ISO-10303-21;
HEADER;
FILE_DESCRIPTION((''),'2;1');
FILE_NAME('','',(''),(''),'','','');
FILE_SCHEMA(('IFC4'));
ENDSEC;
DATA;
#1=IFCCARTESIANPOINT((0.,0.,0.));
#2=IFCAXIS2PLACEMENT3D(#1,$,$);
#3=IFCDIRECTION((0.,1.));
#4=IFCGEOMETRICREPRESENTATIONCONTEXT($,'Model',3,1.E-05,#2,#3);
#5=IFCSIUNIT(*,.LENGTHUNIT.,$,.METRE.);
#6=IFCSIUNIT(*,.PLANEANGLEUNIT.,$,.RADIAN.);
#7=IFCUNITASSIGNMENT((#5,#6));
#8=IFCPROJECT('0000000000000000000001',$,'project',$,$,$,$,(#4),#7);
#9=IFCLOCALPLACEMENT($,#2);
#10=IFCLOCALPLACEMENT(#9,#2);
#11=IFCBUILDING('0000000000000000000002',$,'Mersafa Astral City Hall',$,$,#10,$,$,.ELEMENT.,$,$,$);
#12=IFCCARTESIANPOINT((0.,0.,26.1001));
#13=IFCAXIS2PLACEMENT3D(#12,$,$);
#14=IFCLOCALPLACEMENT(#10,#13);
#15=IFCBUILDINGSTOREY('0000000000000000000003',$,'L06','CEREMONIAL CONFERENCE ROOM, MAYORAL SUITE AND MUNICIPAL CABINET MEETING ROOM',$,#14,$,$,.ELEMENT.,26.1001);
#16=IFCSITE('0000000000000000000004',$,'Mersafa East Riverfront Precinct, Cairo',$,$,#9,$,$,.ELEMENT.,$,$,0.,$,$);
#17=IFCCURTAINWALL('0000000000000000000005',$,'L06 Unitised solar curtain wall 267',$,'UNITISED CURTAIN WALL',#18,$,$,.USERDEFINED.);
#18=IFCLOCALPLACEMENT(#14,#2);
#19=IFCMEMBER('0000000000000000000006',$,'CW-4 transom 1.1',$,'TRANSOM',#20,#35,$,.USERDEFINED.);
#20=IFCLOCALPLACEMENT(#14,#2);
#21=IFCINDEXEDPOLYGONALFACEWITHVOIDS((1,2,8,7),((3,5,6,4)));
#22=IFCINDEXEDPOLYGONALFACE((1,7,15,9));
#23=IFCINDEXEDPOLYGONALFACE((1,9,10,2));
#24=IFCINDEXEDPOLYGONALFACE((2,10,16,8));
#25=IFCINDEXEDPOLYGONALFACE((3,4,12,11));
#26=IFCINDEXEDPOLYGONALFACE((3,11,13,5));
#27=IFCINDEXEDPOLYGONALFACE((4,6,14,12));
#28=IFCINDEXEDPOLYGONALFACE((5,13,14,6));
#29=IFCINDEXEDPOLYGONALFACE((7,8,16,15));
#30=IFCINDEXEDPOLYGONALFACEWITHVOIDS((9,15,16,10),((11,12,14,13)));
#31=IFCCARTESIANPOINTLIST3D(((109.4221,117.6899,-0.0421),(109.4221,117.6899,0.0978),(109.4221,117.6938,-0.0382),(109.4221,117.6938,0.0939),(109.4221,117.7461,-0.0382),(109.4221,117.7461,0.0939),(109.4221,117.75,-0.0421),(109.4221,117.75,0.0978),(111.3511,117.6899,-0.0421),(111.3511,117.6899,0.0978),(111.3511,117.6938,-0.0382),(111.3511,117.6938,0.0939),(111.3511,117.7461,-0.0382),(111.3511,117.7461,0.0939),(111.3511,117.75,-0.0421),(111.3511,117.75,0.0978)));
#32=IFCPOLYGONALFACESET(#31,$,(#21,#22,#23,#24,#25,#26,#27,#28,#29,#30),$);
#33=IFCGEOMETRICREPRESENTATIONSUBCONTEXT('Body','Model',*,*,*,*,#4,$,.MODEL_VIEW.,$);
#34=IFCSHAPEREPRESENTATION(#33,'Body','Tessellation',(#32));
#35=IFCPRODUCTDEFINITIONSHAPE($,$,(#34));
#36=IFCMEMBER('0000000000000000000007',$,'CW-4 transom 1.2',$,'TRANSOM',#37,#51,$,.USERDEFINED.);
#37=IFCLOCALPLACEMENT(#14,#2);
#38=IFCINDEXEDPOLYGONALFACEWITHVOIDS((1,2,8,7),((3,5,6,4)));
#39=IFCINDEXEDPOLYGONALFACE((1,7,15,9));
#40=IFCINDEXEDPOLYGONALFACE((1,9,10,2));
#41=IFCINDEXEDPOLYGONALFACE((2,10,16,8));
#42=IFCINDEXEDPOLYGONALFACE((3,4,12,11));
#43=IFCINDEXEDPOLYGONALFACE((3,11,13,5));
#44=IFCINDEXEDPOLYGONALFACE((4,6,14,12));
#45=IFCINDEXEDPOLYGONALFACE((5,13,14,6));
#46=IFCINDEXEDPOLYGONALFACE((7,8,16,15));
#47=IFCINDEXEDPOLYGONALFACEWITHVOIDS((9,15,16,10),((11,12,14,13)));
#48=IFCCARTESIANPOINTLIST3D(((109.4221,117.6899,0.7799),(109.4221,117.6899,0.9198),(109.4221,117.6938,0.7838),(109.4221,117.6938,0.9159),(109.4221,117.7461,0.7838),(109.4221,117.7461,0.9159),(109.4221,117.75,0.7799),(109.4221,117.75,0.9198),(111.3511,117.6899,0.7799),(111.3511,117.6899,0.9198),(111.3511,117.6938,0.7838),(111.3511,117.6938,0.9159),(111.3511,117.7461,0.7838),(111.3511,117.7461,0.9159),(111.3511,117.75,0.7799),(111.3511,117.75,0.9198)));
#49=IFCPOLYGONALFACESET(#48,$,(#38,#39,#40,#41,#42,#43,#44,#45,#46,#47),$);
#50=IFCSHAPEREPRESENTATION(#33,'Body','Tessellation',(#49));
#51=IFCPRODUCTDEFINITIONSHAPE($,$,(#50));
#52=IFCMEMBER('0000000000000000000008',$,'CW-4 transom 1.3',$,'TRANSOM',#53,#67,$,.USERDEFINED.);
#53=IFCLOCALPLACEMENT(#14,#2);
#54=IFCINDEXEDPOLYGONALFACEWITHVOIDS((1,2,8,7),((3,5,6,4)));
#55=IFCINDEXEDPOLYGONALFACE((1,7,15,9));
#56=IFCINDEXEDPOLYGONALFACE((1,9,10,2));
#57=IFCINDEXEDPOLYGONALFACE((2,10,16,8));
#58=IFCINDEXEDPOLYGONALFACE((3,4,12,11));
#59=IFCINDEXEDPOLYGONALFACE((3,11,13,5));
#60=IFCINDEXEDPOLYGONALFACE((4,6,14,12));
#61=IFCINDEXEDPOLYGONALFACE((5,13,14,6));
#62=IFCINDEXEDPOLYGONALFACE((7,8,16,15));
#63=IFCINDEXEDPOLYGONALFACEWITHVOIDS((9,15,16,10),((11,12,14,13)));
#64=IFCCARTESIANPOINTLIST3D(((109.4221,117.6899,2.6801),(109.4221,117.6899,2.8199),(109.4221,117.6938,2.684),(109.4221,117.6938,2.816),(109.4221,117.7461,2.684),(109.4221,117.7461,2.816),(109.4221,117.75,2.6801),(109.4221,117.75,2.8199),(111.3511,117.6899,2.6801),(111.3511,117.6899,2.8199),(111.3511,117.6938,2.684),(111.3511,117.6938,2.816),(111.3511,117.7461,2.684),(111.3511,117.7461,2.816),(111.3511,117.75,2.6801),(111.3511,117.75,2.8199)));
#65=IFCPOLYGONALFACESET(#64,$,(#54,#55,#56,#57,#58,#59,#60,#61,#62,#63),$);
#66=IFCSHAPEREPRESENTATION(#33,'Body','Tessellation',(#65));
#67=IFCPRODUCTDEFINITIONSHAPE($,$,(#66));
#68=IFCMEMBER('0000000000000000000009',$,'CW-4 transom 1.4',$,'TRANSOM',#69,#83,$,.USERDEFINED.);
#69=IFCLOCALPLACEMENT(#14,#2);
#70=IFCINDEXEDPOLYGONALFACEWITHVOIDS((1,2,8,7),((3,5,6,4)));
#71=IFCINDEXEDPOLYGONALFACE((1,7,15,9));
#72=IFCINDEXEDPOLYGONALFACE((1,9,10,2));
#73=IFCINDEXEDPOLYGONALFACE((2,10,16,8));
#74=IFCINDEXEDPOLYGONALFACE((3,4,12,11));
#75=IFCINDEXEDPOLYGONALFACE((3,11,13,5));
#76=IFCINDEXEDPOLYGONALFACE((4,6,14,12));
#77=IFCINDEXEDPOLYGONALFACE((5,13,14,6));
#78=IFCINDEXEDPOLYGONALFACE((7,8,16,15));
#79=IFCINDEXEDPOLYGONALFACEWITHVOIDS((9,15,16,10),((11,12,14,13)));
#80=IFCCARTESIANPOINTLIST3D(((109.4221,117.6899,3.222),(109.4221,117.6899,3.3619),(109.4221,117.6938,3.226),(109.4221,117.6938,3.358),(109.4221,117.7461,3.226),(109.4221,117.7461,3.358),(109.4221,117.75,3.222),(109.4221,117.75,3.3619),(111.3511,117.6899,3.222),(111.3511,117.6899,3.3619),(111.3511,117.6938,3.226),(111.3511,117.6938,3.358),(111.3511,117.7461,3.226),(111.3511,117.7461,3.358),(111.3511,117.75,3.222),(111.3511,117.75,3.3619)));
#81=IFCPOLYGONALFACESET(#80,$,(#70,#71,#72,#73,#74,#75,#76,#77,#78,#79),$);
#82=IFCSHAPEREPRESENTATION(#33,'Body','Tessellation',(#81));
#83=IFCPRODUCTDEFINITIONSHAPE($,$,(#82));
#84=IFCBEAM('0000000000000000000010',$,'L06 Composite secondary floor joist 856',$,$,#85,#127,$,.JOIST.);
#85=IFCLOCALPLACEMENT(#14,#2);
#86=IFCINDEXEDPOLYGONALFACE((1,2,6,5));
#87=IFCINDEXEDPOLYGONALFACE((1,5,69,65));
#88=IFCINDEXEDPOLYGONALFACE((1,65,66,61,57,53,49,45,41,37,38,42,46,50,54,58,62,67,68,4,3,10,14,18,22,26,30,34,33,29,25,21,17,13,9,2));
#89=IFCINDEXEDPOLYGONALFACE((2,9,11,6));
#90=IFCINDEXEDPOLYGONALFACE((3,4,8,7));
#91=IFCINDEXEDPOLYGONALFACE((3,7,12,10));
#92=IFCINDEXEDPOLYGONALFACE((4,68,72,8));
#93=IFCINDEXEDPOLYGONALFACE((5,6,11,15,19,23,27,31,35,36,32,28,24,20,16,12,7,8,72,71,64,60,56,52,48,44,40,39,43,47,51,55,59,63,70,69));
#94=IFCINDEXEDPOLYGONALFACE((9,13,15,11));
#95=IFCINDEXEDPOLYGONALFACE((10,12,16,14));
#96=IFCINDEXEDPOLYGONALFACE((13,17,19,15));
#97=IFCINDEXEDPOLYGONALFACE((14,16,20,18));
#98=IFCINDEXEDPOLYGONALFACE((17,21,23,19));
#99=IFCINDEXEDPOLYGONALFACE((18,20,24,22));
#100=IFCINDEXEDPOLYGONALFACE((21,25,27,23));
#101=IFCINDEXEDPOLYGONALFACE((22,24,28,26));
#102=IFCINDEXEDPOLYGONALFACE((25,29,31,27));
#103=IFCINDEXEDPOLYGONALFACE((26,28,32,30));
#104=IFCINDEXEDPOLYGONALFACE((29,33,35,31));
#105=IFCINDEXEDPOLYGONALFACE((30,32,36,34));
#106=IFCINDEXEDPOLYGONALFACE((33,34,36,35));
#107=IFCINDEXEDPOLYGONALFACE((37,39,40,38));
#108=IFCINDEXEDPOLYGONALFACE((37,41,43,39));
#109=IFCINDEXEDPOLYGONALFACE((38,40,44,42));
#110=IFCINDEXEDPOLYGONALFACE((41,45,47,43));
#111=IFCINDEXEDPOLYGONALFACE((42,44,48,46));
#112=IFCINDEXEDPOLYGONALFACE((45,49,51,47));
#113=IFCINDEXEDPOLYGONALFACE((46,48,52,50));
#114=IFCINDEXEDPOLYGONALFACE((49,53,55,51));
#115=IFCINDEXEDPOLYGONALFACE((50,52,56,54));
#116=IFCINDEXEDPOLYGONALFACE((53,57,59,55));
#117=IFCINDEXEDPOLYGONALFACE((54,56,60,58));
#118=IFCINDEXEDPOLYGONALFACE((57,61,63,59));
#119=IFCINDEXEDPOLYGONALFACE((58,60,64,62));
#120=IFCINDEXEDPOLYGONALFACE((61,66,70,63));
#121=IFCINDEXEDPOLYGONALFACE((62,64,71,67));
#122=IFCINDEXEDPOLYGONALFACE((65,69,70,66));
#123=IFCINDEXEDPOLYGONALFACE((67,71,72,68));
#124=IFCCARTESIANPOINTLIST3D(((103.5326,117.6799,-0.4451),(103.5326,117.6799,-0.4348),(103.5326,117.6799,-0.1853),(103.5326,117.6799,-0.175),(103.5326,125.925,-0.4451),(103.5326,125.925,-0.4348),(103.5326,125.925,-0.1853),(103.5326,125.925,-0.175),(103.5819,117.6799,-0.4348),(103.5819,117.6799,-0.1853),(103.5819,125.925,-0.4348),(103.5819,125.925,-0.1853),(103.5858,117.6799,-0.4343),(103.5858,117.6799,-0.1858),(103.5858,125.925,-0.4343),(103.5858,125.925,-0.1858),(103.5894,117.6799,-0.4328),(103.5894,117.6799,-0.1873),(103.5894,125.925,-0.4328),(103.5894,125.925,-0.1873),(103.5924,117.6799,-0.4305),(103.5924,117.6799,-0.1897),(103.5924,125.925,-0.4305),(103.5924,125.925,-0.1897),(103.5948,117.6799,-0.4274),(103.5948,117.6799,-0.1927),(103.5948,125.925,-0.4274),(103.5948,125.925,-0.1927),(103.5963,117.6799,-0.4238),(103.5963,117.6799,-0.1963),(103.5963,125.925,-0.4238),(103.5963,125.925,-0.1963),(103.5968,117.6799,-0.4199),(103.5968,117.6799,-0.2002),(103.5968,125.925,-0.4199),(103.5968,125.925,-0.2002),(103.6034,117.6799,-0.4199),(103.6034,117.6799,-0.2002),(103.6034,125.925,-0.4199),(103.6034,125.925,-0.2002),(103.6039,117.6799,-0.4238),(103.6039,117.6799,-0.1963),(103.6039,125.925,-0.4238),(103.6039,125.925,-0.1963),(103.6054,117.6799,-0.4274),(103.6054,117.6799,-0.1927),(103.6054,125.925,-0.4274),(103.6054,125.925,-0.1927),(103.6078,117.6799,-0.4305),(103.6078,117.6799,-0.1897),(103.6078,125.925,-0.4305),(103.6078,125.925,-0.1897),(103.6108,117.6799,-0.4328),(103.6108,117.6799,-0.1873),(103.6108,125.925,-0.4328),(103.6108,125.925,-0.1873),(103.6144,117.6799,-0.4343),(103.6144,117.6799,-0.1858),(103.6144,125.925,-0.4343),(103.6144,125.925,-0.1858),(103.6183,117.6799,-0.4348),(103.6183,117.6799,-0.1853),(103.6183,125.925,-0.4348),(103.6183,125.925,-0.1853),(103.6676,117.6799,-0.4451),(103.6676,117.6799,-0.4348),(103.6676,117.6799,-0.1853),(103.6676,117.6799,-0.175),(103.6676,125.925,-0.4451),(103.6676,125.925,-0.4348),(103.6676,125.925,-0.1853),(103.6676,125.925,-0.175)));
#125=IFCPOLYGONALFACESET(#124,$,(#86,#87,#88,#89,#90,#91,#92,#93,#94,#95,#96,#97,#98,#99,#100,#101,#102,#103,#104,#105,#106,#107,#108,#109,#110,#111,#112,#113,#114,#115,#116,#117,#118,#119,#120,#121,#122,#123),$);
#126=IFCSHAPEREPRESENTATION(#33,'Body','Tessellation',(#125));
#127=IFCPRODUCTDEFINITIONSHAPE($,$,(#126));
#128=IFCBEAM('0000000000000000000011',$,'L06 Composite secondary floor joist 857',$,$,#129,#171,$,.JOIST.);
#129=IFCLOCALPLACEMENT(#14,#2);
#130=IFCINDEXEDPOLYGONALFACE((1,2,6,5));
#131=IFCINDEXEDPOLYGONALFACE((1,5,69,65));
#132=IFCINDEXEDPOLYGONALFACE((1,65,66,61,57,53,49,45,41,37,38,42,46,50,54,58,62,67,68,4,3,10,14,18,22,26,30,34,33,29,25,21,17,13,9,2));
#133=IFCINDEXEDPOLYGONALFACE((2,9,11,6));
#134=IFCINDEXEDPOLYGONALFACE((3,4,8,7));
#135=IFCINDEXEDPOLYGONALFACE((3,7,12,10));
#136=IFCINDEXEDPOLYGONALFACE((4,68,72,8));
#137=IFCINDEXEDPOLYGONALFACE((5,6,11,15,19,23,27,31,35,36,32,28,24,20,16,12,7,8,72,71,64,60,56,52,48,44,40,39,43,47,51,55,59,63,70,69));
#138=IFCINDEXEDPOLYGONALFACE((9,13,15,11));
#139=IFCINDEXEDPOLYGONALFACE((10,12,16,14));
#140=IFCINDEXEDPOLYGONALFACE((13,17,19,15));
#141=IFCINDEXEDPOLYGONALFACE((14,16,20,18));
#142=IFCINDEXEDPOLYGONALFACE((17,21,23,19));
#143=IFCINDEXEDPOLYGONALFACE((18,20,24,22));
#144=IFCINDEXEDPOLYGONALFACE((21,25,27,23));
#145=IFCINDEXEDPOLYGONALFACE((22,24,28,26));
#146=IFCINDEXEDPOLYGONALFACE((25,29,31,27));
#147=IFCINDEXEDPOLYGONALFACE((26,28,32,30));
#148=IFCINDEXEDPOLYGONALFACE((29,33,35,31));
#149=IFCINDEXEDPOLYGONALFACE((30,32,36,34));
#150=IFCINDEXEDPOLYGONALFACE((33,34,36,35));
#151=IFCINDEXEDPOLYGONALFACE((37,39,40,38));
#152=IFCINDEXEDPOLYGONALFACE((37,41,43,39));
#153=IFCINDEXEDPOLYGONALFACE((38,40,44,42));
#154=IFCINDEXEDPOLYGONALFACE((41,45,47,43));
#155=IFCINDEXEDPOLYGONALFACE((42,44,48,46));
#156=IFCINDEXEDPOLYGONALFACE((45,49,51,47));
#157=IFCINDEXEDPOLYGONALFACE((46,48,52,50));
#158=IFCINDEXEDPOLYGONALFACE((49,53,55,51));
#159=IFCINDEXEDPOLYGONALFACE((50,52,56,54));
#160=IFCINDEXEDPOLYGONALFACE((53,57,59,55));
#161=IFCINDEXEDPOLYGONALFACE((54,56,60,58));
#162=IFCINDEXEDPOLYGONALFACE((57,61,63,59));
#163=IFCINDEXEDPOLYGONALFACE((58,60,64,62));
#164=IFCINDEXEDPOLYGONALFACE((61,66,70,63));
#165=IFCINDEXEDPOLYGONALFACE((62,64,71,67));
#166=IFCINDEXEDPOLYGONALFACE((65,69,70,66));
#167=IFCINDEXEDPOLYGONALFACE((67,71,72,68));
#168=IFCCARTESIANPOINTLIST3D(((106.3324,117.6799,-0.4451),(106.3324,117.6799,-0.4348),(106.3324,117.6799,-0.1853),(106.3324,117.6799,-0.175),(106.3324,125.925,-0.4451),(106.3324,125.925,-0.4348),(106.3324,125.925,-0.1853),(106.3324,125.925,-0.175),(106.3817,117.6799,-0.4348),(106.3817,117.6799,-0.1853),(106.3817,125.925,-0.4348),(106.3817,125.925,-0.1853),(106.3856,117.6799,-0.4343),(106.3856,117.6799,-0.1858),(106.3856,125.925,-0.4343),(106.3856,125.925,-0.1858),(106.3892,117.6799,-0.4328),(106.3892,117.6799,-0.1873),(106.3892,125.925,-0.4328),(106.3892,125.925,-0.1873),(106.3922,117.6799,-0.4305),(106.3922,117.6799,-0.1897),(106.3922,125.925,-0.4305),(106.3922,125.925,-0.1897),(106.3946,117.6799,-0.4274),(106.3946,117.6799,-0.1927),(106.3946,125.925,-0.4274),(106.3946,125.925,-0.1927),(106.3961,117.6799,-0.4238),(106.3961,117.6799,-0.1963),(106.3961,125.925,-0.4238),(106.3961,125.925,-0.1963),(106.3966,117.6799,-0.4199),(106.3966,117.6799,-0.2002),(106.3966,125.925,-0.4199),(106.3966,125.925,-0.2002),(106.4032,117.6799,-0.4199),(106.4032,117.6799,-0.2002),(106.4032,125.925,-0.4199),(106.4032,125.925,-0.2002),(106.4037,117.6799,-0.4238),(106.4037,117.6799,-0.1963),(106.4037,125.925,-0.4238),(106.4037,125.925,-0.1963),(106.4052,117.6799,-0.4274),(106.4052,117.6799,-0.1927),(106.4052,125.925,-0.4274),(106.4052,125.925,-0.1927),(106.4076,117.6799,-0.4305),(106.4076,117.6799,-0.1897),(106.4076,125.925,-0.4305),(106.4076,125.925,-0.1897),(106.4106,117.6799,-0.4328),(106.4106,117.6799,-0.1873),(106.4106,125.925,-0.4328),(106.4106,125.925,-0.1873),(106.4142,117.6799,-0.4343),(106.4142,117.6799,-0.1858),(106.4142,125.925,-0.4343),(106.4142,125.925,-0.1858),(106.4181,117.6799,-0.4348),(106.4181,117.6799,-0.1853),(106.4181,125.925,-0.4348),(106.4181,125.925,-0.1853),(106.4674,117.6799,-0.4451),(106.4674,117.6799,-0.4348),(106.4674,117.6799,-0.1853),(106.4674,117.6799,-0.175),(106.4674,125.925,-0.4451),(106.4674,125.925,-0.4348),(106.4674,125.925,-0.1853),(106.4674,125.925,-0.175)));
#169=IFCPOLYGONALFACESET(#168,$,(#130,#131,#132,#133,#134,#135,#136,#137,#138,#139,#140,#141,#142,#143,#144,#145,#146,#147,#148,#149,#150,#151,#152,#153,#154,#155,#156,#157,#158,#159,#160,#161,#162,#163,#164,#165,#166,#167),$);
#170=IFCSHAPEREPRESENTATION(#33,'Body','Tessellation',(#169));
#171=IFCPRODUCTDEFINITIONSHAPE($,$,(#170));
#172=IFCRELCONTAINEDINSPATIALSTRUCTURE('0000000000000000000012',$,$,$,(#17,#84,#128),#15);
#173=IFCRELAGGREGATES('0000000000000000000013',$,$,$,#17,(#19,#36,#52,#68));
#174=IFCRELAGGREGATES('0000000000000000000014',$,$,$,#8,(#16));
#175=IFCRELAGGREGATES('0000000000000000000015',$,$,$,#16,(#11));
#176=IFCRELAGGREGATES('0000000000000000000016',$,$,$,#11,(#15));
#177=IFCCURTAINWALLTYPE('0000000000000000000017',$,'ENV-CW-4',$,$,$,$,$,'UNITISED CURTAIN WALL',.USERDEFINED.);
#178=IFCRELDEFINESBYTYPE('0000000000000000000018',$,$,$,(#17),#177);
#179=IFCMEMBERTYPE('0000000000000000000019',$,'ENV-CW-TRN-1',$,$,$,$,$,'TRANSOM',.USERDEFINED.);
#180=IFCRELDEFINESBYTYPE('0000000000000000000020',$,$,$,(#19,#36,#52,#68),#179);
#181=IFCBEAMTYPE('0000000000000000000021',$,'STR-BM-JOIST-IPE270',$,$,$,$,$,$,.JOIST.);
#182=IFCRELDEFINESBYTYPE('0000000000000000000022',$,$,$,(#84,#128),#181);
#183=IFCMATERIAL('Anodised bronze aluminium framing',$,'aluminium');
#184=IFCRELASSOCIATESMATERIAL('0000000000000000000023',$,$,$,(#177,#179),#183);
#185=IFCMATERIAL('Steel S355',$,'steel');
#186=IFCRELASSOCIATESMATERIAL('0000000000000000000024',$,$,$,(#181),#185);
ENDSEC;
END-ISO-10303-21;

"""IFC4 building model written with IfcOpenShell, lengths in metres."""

from ifc_helpers import new_model, si_unit, direction, frame, origin, origin_2d, place, context, subcontext, project, spatial, hollow_rectangle, i_section, extrude, material, material_profile, profile_set, type_object, element, aggregate, save


model = new_model("IFC4")

# Units and contexts
model_context = context("Model", 3, precision=1e-05, world=origin(), true_north=direction((0.0, 1.0)))
body_context = subcontext(model_context, "Body", "Model", "MODEL_VIEW")
ifc_project = project(units=[si_unit("LENGTHUNIT", "METRE"), si_unit("PLANEANGLEUNIT", "RADIAN")], contexts=[model_context])

# Site, building, storey
site_placement = place(None, origin())
site = spatial("IfcSite", under=ifc_project, at=site_placement, Name="Mersafa East Riverfront Precinct, Cairo", CompositionType="ELEMENT", RefElevation=0.0)
building_placement = place(site_placement, origin())
building = spatial("IfcBuilding", under=site, at=building_placement, Name="Mersafa Astral City Hall", CompositionType="ELEMENT")
storey_placement = place(building_placement, frame((0.0, 0.0, 26.1001)))
storey = spatial("IfcBuildingStorey", under=building, at=storey_placement, Name="L06", Description="CEREMONIAL CONFERENCE ROOM, MAYORAL SUITE AND MUNICIPAL CABINET MEETING ROOM", CompositionType="ELEMENT", Elevation=26.1001)

# Shared definitions
ifc_material_1 = material(Name="Steel S355", Category="steel")

# Shared definitions
ifc_material_2 = material(Name="Anodised bronze aluminium framing", Category="aluminium")

# Curtain wall, members
curtain_wall_type_1 = type_object("IfcCurtainWallType", Name="ENV-CW-4", ElementType="UNITISED CURTAIN WALL", PredefinedType="USERDEFINED", material=ifc_material_2)
curtain_wall_1_placement = place(storey_placement, origin())
curtain_wall_1 = element("IfcCurtainWall", 1, at=curtain_wall_1_placement, inside=storey, type_object=curtain_wall_type_1, Name="L06 Unitised solar curtain wall 267", ObjectType="UNITISED CURTAIN WALL", PredefinedType="USERDEFINED")
ifc_material_profile_1 = material_profile(ifc_material_2, hollow_rectangle(XDim=0.0601, YDim=0.1399, WallThickness=0.0039, at=origin_2d()), Name="RHS 60x140x4")
ifc_profile_set_1 = profile_set([ifc_material_profile_1], Name="Anodised bronze aluminium framing")
member_type_1 = type_object("IfcMemberType", Name="ENV-CW-TRN-1", ElementType="TRANSOM", PredefinedType="USERDEFINED", material=ifc_profile_set_1)
member_1_placement = place(storey_placement, frame((109.4221, 117.72, 0.0278), z_axis=(1.0, 0.0, 0.0), x_axis=(0.0, 1.0, 0.0)))
member_1 = element("IfcMember", 2, at=member_1_placement, type_object=member_type_1, Name="CW-4 transom 1.1", ObjectType="TRANSOM", PredefinedType="USERDEFINED", context=body_context, shape_type="SweptSolid", body=[
    extrude(hollow_rectangle(XDim=0.0601, YDim=0.1399, WallThickness=0.0039, at=origin_2d()), origin(), (0.0, 0.0, 1.0), 1.929),
])
member_2_placement = place(storey_placement, frame((109.4221, 117.72, 0.8499), z_axis=(1.0, 0.0, 0.0), x_axis=(0.0, 1.0, 0.0)))
member_2 = element("IfcMember", 3, at=member_2_placement, type_object=member_type_1, Name="CW-4 transom 1.2", ObjectType="TRANSOM", PredefinedType="USERDEFINED", context=body_context, shape_type="SweptSolid", body=[
    extrude(hollow_rectangle(XDim=0.0601, YDim=0.1399, WallThickness=0.0039, at=origin_2d()), origin(), (0.0, 0.0, 1.0), 1.929),
])
member_3_placement = place(storey_placement, frame((109.4221, 117.72, 2.75), z_axis=(1.0, 0.0, 0.0), x_axis=(0.0, 1.0, 0.0)))
member_3 = element("IfcMember", 4, at=member_3_placement, type_object=member_type_1, Name="CW-4 transom 1.3", ObjectType="TRANSOM", PredefinedType="USERDEFINED", context=body_context, shape_type="SweptSolid", body=[
    extrude(hollow_rectangle(XDim=0.0601, YDim=0.1399, WallThickness=0.0039, at=origin_2d()), origin(), (0.0, 0.0, 1.0), 1.929),
])
member_4_placement = place(storey_placement, frame((109.4221, 117.72, 3.292), z_axis=(1.0, 0.0, 0.0), x_axis=(0.0, 1.0, 0.0)))
member_4 = element("IfcMember", 5, at=member_4_placement, type_object=member_type_1, Name="CW-4 transom 1.4", ObjectType="TRANSOM", PredefinedType="USERDEFINED", context=body_context, shape_type="SweptSolid", body=[
    extrude(hollow_rectangle(XDim=0.0601, YDim=0.1399, WallThickness=0.0039, at=origin_2d()), origin(), (0.0, 0.0, 1.0), 1.929),
])

# Beams
ifc_material_profile_2 = material_profile(ifc_material_1, i_section(OverallWidth=0.135, OverallDepth=0.27, WebThickness=0.0066, FlangeThickness=0.0103, FilletRadius=0.0149, at=origin_2d()), Name="IPE 270")
ifc_profile_set_2 = profile_set([ifc_material_profile_2], Name="Steel S355")
beam_type_1 = type_object("IfcBeamType", Name="STR-BM-JOIST-IPE270", PredefinedType="JOIST", material=ifc_profile_set_2)
for number, where, z_axis, x_axis, name in (
    (6, (103.6001, 117.6799, -0.3101), (0.0, 1.0, 0.0), (-1.0, 0.0, 0.0), "L06 Composite secondary floor joist 856"),
    (7, (106.3999, 117.6799, -0.3101), (0.0, 1.0, 0.0), (-1.0, 0.0, 0.0), "L06 Composite secondary floor joist 857"),
):
    element("IfcBeam", number, at=place(storey_placement, frame(where, z_axis=z_axis, x_axis=x_axis)), inside=storey, type_object=beam_type_1, Name=name, PredefinedType="JOIST", context=body_context, shape_type="SweptSolid", body=[
        extrude(i_section(OverallWidth=0.135, OverallDepth=0.27, WebThickness=0.0066, FlangeThickness=0.0103, FilletRadius=0.0149, at=origin_2d()), origin(), (0.0, 0.0, 1.0), 8.2451),
    ])

aggregate(curtain_wall_1, [member_1, member_2, member_3, member_4])

save(model, "model.ifc")
